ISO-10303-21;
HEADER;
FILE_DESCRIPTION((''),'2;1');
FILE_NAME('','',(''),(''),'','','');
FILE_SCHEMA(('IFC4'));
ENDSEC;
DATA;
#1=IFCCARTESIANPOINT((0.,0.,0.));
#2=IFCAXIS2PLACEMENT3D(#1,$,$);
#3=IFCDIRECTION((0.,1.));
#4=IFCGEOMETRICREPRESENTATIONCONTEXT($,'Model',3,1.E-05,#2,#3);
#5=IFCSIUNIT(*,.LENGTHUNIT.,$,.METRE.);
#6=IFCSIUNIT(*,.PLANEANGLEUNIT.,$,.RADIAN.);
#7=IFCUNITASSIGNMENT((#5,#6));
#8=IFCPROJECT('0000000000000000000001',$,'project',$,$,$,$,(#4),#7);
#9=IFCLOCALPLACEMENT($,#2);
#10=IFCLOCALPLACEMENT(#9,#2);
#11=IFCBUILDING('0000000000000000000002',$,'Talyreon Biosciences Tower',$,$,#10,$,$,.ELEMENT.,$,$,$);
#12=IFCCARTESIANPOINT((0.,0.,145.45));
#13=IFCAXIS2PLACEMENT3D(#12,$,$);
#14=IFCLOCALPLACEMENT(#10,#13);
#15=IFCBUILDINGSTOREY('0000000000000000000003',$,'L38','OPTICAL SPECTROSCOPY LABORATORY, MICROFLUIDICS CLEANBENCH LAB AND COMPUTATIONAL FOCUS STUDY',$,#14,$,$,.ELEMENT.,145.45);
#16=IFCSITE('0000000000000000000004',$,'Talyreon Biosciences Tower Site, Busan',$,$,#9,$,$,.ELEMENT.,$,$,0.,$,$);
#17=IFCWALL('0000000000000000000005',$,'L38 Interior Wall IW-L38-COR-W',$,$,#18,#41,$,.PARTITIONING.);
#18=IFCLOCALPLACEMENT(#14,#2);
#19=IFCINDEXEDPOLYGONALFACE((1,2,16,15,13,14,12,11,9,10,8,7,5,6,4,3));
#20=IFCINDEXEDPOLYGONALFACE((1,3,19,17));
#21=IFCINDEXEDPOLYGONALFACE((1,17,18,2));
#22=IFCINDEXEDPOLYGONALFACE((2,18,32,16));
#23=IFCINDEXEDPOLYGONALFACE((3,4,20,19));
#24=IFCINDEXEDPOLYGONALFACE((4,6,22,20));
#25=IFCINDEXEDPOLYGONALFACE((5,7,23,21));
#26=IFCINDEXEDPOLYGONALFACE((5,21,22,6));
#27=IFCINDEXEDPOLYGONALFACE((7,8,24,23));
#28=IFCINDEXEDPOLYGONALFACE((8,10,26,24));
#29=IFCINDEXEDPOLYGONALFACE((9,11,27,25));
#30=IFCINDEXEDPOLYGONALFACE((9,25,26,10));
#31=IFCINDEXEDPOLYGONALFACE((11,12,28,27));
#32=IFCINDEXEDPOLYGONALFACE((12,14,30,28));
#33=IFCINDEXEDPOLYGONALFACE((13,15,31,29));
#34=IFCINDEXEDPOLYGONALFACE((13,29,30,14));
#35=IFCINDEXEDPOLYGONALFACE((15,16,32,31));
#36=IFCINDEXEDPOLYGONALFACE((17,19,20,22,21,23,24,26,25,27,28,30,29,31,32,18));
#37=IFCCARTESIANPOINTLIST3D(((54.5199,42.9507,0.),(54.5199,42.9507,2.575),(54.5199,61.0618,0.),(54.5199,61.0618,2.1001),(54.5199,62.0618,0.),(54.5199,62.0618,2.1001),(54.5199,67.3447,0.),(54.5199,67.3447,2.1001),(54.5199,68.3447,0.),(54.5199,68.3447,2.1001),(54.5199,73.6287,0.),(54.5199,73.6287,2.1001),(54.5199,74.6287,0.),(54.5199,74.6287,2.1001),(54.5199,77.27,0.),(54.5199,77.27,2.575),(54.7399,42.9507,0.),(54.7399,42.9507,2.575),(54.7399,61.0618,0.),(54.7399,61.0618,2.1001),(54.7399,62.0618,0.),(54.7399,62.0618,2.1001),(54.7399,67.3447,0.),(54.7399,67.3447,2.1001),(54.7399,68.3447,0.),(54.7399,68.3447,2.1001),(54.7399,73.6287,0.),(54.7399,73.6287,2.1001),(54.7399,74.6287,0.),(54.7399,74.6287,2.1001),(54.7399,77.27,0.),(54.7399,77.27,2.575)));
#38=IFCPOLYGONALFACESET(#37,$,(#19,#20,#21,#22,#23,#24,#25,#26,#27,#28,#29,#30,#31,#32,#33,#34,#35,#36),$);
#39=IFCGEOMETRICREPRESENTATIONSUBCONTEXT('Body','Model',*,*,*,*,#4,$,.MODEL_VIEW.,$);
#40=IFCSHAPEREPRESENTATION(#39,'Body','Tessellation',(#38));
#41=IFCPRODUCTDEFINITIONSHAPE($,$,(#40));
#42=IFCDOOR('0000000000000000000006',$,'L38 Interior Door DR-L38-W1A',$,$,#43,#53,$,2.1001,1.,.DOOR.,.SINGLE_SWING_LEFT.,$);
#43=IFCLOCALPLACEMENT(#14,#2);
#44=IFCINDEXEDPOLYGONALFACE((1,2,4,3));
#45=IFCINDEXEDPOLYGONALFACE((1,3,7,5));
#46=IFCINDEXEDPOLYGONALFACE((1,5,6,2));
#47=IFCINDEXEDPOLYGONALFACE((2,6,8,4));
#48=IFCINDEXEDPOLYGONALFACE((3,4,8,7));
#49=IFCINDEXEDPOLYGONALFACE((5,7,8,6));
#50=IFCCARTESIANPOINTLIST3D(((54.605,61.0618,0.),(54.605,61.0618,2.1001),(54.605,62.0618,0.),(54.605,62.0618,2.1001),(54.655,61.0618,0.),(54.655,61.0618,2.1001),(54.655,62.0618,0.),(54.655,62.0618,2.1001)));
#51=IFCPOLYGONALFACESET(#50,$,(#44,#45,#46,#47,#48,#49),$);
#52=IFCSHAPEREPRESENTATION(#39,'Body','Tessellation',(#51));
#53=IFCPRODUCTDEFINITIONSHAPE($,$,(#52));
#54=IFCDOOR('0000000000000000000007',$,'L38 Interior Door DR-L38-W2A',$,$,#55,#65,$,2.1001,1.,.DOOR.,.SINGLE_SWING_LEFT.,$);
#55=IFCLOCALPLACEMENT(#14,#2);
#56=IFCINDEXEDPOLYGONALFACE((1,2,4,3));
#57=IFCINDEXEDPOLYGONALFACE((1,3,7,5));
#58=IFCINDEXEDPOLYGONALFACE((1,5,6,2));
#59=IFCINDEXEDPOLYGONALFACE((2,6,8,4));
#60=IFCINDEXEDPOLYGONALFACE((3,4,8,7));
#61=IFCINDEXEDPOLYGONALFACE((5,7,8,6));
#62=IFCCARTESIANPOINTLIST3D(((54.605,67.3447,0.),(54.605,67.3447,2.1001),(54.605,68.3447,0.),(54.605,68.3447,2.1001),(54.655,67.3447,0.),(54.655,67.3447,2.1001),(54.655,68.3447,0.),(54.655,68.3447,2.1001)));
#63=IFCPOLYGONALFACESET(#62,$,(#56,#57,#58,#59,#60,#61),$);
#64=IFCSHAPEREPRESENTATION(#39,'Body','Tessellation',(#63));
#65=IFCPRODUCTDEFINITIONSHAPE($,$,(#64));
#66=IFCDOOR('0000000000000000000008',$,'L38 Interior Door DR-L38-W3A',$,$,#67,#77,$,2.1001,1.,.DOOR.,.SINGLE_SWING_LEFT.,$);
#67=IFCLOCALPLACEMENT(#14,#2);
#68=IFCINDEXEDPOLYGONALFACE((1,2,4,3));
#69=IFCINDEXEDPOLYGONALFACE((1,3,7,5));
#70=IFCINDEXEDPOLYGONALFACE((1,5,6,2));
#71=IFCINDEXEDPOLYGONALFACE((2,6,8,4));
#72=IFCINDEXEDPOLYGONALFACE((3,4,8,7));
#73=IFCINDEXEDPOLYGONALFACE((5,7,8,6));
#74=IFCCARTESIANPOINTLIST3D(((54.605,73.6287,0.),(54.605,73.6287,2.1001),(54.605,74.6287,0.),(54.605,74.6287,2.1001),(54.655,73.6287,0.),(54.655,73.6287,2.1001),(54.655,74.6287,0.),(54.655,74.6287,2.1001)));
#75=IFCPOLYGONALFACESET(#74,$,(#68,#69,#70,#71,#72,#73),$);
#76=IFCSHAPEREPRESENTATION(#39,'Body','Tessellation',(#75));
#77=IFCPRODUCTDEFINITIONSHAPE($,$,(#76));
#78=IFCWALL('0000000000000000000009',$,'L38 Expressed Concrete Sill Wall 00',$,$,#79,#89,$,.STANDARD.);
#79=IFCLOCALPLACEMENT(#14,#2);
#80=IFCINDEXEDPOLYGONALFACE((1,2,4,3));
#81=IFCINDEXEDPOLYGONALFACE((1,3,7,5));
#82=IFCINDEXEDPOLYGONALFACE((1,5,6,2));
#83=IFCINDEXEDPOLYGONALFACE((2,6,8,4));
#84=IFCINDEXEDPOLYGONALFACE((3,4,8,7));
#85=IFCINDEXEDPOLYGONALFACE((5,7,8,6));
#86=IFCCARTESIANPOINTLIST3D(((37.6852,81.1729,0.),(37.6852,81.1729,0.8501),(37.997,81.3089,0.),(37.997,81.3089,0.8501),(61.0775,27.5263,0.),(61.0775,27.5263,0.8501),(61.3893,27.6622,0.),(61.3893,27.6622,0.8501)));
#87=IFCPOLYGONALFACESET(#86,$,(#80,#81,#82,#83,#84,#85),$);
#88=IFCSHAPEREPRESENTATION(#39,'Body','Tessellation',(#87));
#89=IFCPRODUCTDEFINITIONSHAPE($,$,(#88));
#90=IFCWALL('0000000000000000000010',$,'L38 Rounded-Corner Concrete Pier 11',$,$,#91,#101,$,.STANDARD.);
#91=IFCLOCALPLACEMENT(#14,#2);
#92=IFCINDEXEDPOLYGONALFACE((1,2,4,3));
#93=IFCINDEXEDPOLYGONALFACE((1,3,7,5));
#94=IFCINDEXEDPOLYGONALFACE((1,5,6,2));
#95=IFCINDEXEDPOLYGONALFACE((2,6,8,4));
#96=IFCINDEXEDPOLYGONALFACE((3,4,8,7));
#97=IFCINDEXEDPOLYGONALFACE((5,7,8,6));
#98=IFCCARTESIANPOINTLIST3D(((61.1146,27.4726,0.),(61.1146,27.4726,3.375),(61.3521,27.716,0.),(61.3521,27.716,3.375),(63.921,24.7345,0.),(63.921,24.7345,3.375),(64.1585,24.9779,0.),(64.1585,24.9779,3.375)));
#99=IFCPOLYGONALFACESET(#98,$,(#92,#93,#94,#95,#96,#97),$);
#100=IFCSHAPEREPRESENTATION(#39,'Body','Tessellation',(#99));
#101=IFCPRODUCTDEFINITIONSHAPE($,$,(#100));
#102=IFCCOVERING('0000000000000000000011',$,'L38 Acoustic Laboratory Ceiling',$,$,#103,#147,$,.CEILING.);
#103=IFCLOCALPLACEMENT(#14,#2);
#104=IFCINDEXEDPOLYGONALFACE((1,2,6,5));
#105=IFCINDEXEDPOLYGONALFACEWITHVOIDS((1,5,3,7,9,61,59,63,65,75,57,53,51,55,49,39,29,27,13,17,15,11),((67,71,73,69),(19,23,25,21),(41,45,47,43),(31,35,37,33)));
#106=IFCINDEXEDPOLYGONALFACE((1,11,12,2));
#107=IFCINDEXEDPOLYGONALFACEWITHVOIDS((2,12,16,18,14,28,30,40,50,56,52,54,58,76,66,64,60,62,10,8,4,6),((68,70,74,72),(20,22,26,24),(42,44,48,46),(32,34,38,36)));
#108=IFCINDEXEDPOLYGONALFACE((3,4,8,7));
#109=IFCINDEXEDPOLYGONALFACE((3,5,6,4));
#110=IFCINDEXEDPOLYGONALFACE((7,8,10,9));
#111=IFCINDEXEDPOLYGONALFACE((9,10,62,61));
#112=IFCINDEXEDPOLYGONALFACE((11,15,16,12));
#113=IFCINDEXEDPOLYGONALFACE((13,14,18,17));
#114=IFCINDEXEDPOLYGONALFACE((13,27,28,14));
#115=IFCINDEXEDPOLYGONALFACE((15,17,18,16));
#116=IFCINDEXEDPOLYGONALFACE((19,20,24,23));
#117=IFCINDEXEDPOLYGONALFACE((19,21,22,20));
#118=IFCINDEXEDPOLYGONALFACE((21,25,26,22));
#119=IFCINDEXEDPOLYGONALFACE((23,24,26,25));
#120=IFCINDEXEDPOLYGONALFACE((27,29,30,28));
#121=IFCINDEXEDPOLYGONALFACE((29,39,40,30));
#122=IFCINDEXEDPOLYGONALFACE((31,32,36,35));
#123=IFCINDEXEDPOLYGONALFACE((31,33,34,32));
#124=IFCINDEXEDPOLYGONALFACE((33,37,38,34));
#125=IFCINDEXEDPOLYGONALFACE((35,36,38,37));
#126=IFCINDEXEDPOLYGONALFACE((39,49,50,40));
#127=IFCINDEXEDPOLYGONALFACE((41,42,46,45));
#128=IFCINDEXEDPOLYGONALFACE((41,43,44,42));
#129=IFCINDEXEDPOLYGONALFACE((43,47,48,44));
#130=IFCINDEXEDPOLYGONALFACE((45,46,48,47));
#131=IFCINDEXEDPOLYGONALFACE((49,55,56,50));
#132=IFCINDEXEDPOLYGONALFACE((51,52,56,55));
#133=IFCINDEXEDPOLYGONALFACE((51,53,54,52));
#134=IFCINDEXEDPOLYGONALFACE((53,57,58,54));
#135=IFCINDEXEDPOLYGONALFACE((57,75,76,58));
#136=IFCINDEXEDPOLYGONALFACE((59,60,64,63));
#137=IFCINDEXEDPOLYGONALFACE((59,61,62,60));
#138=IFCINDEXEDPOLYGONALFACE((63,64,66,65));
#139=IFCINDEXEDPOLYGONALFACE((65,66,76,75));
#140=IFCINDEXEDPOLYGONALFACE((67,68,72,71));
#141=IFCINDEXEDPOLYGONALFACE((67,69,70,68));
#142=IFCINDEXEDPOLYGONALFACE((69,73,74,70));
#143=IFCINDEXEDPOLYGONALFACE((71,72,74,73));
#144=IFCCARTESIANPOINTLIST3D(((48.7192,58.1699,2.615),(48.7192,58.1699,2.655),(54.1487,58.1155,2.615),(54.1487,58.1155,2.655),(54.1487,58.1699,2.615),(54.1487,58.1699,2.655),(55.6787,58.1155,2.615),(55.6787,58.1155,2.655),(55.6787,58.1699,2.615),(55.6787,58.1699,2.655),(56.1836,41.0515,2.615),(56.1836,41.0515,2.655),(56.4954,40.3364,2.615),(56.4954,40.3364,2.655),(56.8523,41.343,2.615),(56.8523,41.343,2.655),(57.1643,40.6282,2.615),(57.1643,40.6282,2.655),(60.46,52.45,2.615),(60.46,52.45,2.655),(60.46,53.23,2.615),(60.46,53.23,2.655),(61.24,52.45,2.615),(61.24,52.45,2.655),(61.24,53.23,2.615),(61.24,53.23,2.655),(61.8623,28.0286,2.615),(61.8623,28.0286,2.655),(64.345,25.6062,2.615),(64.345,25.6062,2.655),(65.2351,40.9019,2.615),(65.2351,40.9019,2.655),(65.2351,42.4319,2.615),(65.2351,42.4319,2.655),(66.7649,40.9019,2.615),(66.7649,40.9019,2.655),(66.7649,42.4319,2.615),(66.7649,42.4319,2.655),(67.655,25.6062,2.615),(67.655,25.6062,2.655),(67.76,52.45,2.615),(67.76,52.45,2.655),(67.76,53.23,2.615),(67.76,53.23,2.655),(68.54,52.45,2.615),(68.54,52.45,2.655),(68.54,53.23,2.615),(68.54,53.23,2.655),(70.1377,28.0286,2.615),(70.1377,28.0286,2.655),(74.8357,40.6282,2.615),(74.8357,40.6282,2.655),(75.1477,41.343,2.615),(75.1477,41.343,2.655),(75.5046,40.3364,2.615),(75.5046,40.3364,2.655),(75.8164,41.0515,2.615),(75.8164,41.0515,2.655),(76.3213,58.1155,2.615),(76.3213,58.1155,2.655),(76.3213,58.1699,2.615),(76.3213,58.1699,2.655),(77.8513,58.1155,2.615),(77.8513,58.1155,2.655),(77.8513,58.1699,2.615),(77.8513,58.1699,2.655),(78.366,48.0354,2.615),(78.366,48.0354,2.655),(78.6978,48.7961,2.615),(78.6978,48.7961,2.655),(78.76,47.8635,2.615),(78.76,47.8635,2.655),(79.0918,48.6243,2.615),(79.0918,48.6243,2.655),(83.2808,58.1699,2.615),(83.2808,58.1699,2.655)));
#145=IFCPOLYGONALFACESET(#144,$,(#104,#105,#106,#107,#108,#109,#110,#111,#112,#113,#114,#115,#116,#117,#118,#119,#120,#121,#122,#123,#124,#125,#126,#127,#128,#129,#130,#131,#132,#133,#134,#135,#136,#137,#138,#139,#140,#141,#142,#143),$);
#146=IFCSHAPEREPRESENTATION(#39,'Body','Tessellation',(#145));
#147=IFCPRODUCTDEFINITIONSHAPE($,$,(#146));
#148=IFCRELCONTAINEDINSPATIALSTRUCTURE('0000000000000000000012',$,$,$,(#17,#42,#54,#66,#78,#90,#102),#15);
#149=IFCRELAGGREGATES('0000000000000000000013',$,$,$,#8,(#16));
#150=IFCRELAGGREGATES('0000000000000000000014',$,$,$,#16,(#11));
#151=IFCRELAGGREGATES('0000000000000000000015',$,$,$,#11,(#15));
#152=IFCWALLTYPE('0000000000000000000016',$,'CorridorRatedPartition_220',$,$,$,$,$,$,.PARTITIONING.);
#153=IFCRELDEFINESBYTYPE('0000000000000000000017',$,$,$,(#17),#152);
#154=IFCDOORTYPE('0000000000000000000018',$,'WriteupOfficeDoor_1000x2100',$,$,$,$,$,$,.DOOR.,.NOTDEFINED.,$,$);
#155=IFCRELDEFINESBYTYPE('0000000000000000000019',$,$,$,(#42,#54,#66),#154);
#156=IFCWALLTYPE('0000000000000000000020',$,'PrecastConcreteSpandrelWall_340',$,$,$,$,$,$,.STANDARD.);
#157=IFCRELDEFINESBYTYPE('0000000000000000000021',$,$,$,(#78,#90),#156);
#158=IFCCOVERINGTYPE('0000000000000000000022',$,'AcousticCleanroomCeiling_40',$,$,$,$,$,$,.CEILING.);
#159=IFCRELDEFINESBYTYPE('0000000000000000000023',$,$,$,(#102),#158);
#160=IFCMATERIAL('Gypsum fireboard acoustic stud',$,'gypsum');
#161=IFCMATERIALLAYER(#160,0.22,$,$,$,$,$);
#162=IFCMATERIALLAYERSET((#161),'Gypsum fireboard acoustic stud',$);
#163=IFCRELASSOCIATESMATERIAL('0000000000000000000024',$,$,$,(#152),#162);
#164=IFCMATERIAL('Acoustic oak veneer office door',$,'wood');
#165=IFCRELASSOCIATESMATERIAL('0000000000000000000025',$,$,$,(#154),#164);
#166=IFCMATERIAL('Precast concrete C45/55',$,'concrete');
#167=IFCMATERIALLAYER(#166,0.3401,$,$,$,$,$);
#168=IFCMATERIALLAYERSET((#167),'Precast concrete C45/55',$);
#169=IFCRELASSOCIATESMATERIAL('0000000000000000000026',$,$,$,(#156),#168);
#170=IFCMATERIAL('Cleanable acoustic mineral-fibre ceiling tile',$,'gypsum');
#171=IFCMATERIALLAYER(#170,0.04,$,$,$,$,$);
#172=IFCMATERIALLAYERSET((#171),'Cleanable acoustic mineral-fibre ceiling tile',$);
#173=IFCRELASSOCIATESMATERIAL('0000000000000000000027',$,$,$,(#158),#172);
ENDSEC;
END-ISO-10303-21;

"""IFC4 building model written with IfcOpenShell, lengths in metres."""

from ifc_helpers import new_model, si_unit, direction, frame, frame_2d, origin, place, context, subcontext, project, spatial, polyline, rectangle, outline, extrude, material, layer, layer_set, type_object, element, fill, save


model = new_model("IFC4")

# Units and contexts
model_context = context("Model", 3, precision=1e-05, world=origin(), true_north=direction((0.0, 1.0)))
body_context = subcontext(model_context, "Body", "Model", "MODEL_VIEW")
ifc_project = project(units=[si_unit("LENGTHUNIT", "METRE"), si_unit("PLANEANGLEUNIT", "RADIAN")], contexts=[model_context])

# Site, building, storey
site_placement = place(None, origin())
site = spatial("IfcSite", under=ifc_project, at=site_placement, Name="Talyreon Biosciences Tower Site, Busan", CompositionType="ELEMENT", RefElevation=0.0)
building_placement = place(site_placement, origin())
building = spatial("IfcBuilding", under=site, at=building_placement, Name="Talyreon Biosciences Tower", CompositionType="ELEMENT")
storey_placement = place(building_placement, frame((0.0, 0.0, 145.45)))
storey = spatial("IfcBuildingStorey", under=building, at=storey_placement, Name="L38", Description="OPTICAL SPECTROSCOPY LABORATORY, MICROFLUIDICS CLEANBENCH LAB AND COMPUTATIONAL FOCUS STUDY", CompositionType="ELEMENT", Elevation=145.45)

# Shared definitions
ifc_material_1 = material(Name="Precast concrete C45/55", Category="concrete")

# Shared definitions
ifc_material_2 = material(Name="Gypsum fireboard acoustic stud", Category="gypsum")

# Wall, openings, doors
ifc_layer_1 = layer(ifc_material_2, 0.22)
ifc_layer_set_1 = layer_set([ifc_layer_1], Name="Gypsum fireboard acoustic stud")
wall_type_1 = type_object("IfcWallType", Name="CorridorRatedPartition_220", PredefinedType="PARTITIONING", material=ifc_layer_set_1)
wall_1_placement = place(storey_placement, frame((54.6299, 42.9507, 0.0), z_axis=(0.0, 0.0, 1.0), x_axis=(0.0, 1.0, 0.0)))
wall_1 = element("IfcWall", 1, at=wall_1_placement, inside=storey, type_object=wall_type_1, Name="L38 Interior Wall IW-L38-COR-W", PredefinedType="PARTITIONING", context=body_context, shape_type="SweptSolid", body=[
    extrude(rectangle(XDim=34.3193, YDim=0.22, at=frame_2d((17.1597, 0.0))), origin(), (0.0, 0.0, 1.0), 2.575),
])
opening_1_placement = place(wall_1_placement, frame((18.1111, 0.0, 0.0)))
opening_1 = element("IfcOpeningElement", 2, at=opening_1_placement, cuts=wall_1, PredefinedType="OPENING", context=body_context, shape_type="SweptSolid", body=[
    extrude(rectangle(XDim=1.0, YDim=2.1001, at=frame_2d((0.5, 1.05))), frame((0.0, 0.1199, 0.0), z_axis=(0.0, -1.0, 0.0), x_axis=(1.0, 0.0, 0.0)), (0.0, 0.0, 1.0), 0.24),
])
opening_2_placement = place(wall_1_placement, frame((24.394, 0.0, 0.0)))
opening_2 = element("IfcOpeningElement", 3, at=opening_2_placement, cuts=wall_1, PredefinedType="OPENING", context=body_context, shape_type="SweptSolid", body=[
    extrude(rectangle(XDim=1.0, YDim=2.1001, at=frame_2d((0.5, 1.05))), frame((0.0, 0.1199, 0.0), z_axis=(0.0, -1.0, 0.0), x_axis=(1.0, 0.0, 0.0)), (0.0, 0.0, 1.0), 0.24),
])
opening_3_placement = place(wall_1_placement, frame((30.678, 0.0, 0.0)))
opening_3 = element("IfcOpeningElement", 4, at=opening_3_placement, cuts=wall_1, PredefinedType="OPENING", context=body_context, shape_type="SweptSolid", body=[
    extrude(rectangle(XDim=1.0, YDim=2.1001, at=frame_2d((0.5, 1.05))), frame((0.0, 0.1199, 0.0), z_axis=(0.0, -1.0, 0.0), x_axis=(1.0, 0.0, 0.0)), (0.0, 0.0, 1.0), 0.24),
])
ifc_material_3 = material(Name="Acoustic oak veneer office door", Category="wood")
door_type = type_object("IfcDoorType", Name="WriteupOfficeDoor_1000x2100", OperationType="NOTDEFINED", PredefinedType="DOOR", material=ifc_material_3)
door_1_placement = place(opening_1_placement, origin())
door_1 = element("IfcDoor", 5, at=door_1_placement, inside=storey, type_object=door_type, Name="L38 Interior Door DR-L38-W1A", OperationType="SINGLE_SWING_LEFT", OverallHeight=2.1001, OverallWidth=1.0, PredefinedType="DOOR", context=body_context, shape_type="SweptSolid", body=[
    extrude(rectangle(XDim=1.0, YDim=2.1001, at=frame_2d((0.5, 1.05))), frame((0.0, 0.0249, 0.0), z_axis=(0.0, -1.0, 0.0), x_axis=(1.0, 0.0, 0.0)), (0.0, 0.0, 1.0), 0.05),
])
fill(opening_1, door_1)
door_2_placement = place(opening_2_placement, origin())
door_2 = element("IfcDoor", 6, at=door_2_placement, inside=storey, type_object=door_type, Name="L38 Interior Door DR-L38-W2A", OperationType="SINGLE_SWING_LEFT", OverallHeight=2.1001, OverallWidth=1.0, PredefinedType="DOOR", context=body_context, shape_type="SweptSolid", body=[
    extrude(rectangle(XDim=1.0, YDim=2.1001, at=frame_2d((0.5, 1.05))), frame((0.0, 0.0249, 0.0), z_axis=(0.0, -1.0, 0.0), x_axis=(1.0, 0.0, 0.0)), (0.0, 0.0, 1.0), 0.05),
])
fill(opening_2, door_2)
door_3_placement = place(opening_3_placement, origin())
door_3 = element("IfcDoor", 7, at=door_3_placement, inside=storey, type_object=door_type, Name="L38 Interior Door DR-L38-W3A", OperationType="SINGLE_SWING_LEFT", OverallHeight=2.1001, OverallWidth=1.0, PredefinedType="DOOR", context=body_context, shape_type="SweptSolid", body=[
    extrude(rectangle(XDim=1.0, YDim=2.1001, at=frame_2d((0.5, 1.05))), frame((0.0, 0.0249, 0.0), z_axis=(0.0, -1.0, 0.0), x_axis=(1.0, 0.0, 0.0)), (0.0, 0.0, 1.0), 0.05),
])
fill(opening_3, door_3)

# Walls
ifc_layer_2 = layer(ifc_material_1, 0.3401)
ifc_layer_set_2 = layer_set([ifc_layer_2], Name="Precast concrete C45/55")
wall_type_2 = type_object("IfcWallType", Name="PrecastConcreteSpandrelWall_340", PredefinedType="STANDARD", material=ifc_layer_set_2)
wall_2_placement = place(storey_placement, frame((61.2334, 27.5942, 0.0), z_axis=(0.0, 0.0, 1.0), x_axis=(-0.399698, 0.916647, 0.0)))
element("IfcWall", 8, at=wall_2_placement, inside=storey, type_object=wall_type_2, Name="L38 Expressed Concrete Sill Wall 00", PredefinedType="STANDARD", context=body_context, shape_type="SweptSolid", body=[
    extrude(rectangle(XDim=58.5249, YDim=0.3401, at=frame_2d((29.2625, 0.0))), origin(), (0.0, 0.0, 1.0), 0.8501),
])
wall_3_placement = place(storey_placement, frame((64.0398, 24.8562, 0.0), z_axis=(0.0, 0.0, 1.0), x_axis=(-0.715771, 0.698336, 0.0)))
element("IfcWall", 9, at=wall_3_placement, inside=storey, type_object=wall_type_2, Name="L38 Rounded-Corner Concrete Pier 11", PredefinedType="STANDARD", context=body_context, shape_type="SweptSolid", body=[
    extrude(rectangle(XDim=3.9209, YDim=0.3401, at=frame_2d((1.9604, 0.0))), origin(), (0.0, 0.0, 1.0), 3.375),
])

# Covering
ifc_material_4 = material(Name="Cleanable acoustic mineral-fibre ceiling tile", Category="gypsum")
ifc_layer_3 = layer(ifc_material_4, 0.04)
ifc_layer_set_3 = layer_set([ifc_layer_3], Name="Cleanable acoustic mineral-fibre ceiling tile")
covering_type_1 = type_object("IfcCoveringType", Name="AcousticCleanroomCeiling_40", PredefinedType="CEILING", material=ifc_layer_set_3)
covering_1_placement = place(storey_placement, frame((0.0, 0.0, 2.615)))
element("IfcCovering", 10, at=covering_1_placement, inside=storey, type_object=covering_type_1, Name="L38 Acoustic Laboratory Ceiling", PredefinedType="CEILING", context=body_context, shape_type="SweptSolid", body=[
    extrude(outline(polyline([(54.1487, 58.1699), (54.1487, 58.1155), (55.6787, 58.1155), (55.6787, 58.1699), (76.3213, 58.1699), (76.3213, 58.1155), (77.8513, 58.1155), (77.8513, 58.1699), (83.2808, 58.1699), (75.8164, 41.0515), (75.1477, 41.343), (74.8357, 40.6282), (75.5046, 40.3364), (70.1377, 28.0286), (67.655, 25.6062), (64.345, 25.6062), (61.8623, 28.0286), (56.4954, 40.3364), (57.1643, 40.6282), (56.8523, 41.343), (56.1836, 41.0515), (48.7192, 58.1699), (54.1487, 58.1699)]), holes=[polyline([(66.7649, 40.9019), (66.7649, 42.4319), (65.2351, 42.4319), (65.2351, 40.9019), (66.7649, 40.9019)]), polyline([(61.24, 52.45), (61.24, 53.23), (60.46, 53.23), (60.46, 52.45), (61.24, 52.45)]), polyline([(79.0918, 48.6243), (78.6978, 48.7961), (78.366, 48.0354), (78.76, 47.8635), (79.0918, 48.6243)]), polyline([(67.76, 52.45), (68.54, 52.45), (68.54, 53.23), (67.76, 53.23), (67.76, 52.45)])]), origin(), (0.0, 0.0, 1.0), 0.04),
])

save(model, "model.ifc")
